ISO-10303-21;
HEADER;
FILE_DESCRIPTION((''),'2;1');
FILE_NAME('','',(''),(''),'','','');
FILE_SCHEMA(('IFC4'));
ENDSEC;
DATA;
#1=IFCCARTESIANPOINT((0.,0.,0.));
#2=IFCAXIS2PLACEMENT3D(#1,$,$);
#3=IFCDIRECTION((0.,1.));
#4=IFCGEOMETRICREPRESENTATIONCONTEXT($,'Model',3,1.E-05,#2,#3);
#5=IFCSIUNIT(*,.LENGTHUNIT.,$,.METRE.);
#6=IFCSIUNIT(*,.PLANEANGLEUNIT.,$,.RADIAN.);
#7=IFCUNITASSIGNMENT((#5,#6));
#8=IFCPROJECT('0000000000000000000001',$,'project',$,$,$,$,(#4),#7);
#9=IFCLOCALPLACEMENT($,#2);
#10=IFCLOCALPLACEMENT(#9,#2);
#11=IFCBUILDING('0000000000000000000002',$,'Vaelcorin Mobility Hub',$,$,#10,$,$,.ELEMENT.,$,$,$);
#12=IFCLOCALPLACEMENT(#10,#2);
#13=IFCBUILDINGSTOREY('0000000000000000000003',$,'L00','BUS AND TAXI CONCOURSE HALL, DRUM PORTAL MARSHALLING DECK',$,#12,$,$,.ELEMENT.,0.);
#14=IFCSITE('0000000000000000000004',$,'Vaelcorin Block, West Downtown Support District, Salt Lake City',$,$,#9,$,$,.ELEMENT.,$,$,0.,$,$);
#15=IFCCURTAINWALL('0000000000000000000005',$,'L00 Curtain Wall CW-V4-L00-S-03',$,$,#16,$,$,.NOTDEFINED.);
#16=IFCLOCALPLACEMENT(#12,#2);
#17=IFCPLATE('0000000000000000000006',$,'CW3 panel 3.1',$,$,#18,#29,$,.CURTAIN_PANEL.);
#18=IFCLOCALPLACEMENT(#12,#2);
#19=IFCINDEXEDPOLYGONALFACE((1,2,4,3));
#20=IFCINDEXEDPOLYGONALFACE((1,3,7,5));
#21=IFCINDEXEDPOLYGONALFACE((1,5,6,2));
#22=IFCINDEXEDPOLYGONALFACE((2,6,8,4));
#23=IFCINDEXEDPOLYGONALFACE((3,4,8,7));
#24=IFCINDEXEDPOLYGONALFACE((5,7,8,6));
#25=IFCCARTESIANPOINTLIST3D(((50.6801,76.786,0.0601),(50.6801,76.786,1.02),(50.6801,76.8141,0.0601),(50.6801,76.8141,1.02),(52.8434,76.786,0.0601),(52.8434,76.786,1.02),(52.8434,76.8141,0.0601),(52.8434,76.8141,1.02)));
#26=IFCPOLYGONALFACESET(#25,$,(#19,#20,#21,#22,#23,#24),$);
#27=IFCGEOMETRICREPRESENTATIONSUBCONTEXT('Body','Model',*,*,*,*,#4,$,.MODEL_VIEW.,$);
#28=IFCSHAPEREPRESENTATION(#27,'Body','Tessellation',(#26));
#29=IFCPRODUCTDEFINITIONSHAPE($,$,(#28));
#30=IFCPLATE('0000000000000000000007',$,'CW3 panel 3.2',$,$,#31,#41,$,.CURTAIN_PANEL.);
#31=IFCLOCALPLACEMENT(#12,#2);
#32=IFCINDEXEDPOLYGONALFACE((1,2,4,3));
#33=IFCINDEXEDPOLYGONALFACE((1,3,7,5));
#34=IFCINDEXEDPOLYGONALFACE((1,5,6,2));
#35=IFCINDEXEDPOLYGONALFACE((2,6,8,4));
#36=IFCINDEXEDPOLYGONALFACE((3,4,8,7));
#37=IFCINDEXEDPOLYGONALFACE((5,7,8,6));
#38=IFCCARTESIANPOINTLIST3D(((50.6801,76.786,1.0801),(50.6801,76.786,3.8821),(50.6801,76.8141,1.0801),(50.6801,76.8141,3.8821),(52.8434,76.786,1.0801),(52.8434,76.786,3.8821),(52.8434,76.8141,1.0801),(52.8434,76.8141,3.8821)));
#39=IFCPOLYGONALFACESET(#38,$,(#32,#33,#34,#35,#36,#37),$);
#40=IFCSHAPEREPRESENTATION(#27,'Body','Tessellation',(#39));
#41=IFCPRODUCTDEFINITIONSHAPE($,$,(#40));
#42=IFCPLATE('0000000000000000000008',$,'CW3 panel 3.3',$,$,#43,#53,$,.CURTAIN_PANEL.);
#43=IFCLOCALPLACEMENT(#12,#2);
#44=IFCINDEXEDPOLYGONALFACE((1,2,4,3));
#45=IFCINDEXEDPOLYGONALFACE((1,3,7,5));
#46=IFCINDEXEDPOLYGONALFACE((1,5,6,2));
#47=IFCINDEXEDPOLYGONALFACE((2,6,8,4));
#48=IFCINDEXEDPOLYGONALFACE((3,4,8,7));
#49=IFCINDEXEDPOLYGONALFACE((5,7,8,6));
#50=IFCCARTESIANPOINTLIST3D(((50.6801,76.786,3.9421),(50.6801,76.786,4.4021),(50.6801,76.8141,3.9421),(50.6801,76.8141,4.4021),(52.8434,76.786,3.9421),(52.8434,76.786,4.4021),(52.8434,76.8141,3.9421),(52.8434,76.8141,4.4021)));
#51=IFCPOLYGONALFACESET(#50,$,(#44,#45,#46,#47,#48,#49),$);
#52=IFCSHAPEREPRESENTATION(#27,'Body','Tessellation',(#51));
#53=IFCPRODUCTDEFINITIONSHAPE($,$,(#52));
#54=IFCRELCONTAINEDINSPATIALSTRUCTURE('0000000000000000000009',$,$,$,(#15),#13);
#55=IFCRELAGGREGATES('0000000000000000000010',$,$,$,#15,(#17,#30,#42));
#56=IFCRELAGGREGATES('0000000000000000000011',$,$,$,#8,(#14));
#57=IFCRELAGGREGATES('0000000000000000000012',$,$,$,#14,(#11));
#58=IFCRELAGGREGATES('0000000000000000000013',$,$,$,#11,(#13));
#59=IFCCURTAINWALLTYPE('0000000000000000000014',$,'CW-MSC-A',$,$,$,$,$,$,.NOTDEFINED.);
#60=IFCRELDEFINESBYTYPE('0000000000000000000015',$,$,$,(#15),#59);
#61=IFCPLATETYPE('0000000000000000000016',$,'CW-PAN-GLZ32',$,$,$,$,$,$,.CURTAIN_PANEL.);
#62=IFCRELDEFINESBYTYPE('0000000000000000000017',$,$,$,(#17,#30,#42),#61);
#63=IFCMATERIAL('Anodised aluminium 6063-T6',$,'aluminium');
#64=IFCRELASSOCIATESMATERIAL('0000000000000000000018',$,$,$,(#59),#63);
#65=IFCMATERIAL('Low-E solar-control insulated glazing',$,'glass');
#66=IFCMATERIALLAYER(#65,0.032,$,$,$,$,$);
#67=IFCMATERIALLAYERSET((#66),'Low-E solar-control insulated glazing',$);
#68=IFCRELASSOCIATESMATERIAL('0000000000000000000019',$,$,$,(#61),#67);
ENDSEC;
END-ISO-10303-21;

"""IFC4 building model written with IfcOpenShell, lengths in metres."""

from ifc_helpers import new_model, si_unit, direction, frame, origin, origin_2d, place, context, subcontext, project, spatial, rectangle, extrude, material, layer, layer_set, type_object, element, aggregate, save


model = new_model("IFC4")

# Units and contexts
model_context = context("Model", 3, precision=1e-05, world=origin(), true_north=direction((0.0, 1.0)))
body_context = subcontext(model_context, "Body", "Model", "MODEL_VIEW")
ifc_project = project(units=[si_unit("LENGTHUNIT", "METRE"), si_unit("PLANEANGLEUNIT", "RADIAN")], contexts=[model_context])

# Site, building, storey
site_placement = place(None, origin())
site = spatial("IfcSite", under=ifc_project, at=site_placement, Name="Vaelcorin Block, West Downtown Support District, Salt Lake City", CompositionType="ELEMENT", RefElevation=0.0)
building_placement = place(site_placement, origin())
building = spatial("IfcBuilding", under=site, at=building_placement, Name="Vaelcorin Mobility Hub", CompositionType="ELEMENT")
storey_placement = place(building_placement, origin())
storey = spatial("IfcBuildingStorey", under=building, at=storey_placement, Name="L00", Description="BUS AND TAXI CONCOURSE HALL, DRUM PORTAL MARSHALLING DECK", CompositionType="ELEMENT", Elevation=0.0)

# Curtain wall
ifc_material_1 = material(Name="Anodised aluminium 6063-T6", Category="aluminium")
curtain_wall_type = type_object("IfcCurtainWallType", Name="CW-MSC-A", PredefinedType="NOTDEFINED", material=ifc_material_1)
curtain_wall_1_placement = place(storey_placement, origin())
curtain_wall_1 = element("IfcCurtainWall", 1, at=curtain_wall_1_placement, inside=storey, type_object=curtain_wall_type, Name="L00 Curtain Wall CW-V4-L00-S-03", PredefinedType="NOTDEFINED")

# Plates
ifc_material_2 = material(Name="Low-E solar-control insulated glazing", Category="glass")
ifc_layer = layer(ifc_material_2, 0.032)
ifc_layer_set = layer_set([ifc_layer], Name="Low-E solar-control insulated glazing")
plate_type = type_object("IfcPlateType", Name="CW-PAN-GLZ32", PredefinedType="CURTAIN_PANEL", material=ifc_layer_set)
plate_1_placement = place(storey_placement, frame((51.7617, 76.8, 0.0601), z_axis=(0.0, 0.0, 1.0), x_axis=(-1.0, 0.0, 0.0)))
plate_1 = element("IfcPlate", 2, at=plate_1_placement, type_object=plate_type, Name="CW3 panel 3.1", PredefinedType="CURTAIN_PANEL", context=body_context, shape_type="SweptSolid", body=[
    extrude(rectangle(XDim=2.1633, YDim=0.0281, at=origin_2d()), origin(), (0.0, 0.0, 1.0), 0.96),
])
plate_2_placement = place(storey_placement, frame((51.7617, 76.8, 1.0801), z_axis=(0.0, 0.0, 1.0), x_axis=(-1.0, 0.0, 0.0)))
plate_2 = element("IfcPlate", 3, at=plate_2_placement, type_object=plate_type, Name="CW3 panel 3.2", PredefinedType="CURTAIN_PANEL", context=body_context, shape_type="SweptSolid", body=[
    extrude(rectangle(XDim=2.1633, YDim=0.0281, at=origin_2d()), origin(), (0.0, 0.0, 1.0), 2.802),
])
plate_3_placement = place(storey_placement, frame((51.7617, 76.8, 3.9421), z_axis=(0.0, 0.0, 1.0), x_axis=(-1.0, 0.0, 0.0)))
plate_3 = element("IfcPlate", 4, at=plate_3_placement, type_object=plate_type, Name="CW3 panel 3.3", PredefinedType="CURTAIN_PANEL", context=body_context, shape_type="SweptSolid", body=[
    extrude(rectangle(XDim=2.1633, YDim=0.0281, at=origin_2d()), origin(), (0.0, 0.0, 1.0), 0.46),
])
aggregate(curtain_wall_1, [plate_1, plate_2, plate_3])

save(model, "model.ifc")
